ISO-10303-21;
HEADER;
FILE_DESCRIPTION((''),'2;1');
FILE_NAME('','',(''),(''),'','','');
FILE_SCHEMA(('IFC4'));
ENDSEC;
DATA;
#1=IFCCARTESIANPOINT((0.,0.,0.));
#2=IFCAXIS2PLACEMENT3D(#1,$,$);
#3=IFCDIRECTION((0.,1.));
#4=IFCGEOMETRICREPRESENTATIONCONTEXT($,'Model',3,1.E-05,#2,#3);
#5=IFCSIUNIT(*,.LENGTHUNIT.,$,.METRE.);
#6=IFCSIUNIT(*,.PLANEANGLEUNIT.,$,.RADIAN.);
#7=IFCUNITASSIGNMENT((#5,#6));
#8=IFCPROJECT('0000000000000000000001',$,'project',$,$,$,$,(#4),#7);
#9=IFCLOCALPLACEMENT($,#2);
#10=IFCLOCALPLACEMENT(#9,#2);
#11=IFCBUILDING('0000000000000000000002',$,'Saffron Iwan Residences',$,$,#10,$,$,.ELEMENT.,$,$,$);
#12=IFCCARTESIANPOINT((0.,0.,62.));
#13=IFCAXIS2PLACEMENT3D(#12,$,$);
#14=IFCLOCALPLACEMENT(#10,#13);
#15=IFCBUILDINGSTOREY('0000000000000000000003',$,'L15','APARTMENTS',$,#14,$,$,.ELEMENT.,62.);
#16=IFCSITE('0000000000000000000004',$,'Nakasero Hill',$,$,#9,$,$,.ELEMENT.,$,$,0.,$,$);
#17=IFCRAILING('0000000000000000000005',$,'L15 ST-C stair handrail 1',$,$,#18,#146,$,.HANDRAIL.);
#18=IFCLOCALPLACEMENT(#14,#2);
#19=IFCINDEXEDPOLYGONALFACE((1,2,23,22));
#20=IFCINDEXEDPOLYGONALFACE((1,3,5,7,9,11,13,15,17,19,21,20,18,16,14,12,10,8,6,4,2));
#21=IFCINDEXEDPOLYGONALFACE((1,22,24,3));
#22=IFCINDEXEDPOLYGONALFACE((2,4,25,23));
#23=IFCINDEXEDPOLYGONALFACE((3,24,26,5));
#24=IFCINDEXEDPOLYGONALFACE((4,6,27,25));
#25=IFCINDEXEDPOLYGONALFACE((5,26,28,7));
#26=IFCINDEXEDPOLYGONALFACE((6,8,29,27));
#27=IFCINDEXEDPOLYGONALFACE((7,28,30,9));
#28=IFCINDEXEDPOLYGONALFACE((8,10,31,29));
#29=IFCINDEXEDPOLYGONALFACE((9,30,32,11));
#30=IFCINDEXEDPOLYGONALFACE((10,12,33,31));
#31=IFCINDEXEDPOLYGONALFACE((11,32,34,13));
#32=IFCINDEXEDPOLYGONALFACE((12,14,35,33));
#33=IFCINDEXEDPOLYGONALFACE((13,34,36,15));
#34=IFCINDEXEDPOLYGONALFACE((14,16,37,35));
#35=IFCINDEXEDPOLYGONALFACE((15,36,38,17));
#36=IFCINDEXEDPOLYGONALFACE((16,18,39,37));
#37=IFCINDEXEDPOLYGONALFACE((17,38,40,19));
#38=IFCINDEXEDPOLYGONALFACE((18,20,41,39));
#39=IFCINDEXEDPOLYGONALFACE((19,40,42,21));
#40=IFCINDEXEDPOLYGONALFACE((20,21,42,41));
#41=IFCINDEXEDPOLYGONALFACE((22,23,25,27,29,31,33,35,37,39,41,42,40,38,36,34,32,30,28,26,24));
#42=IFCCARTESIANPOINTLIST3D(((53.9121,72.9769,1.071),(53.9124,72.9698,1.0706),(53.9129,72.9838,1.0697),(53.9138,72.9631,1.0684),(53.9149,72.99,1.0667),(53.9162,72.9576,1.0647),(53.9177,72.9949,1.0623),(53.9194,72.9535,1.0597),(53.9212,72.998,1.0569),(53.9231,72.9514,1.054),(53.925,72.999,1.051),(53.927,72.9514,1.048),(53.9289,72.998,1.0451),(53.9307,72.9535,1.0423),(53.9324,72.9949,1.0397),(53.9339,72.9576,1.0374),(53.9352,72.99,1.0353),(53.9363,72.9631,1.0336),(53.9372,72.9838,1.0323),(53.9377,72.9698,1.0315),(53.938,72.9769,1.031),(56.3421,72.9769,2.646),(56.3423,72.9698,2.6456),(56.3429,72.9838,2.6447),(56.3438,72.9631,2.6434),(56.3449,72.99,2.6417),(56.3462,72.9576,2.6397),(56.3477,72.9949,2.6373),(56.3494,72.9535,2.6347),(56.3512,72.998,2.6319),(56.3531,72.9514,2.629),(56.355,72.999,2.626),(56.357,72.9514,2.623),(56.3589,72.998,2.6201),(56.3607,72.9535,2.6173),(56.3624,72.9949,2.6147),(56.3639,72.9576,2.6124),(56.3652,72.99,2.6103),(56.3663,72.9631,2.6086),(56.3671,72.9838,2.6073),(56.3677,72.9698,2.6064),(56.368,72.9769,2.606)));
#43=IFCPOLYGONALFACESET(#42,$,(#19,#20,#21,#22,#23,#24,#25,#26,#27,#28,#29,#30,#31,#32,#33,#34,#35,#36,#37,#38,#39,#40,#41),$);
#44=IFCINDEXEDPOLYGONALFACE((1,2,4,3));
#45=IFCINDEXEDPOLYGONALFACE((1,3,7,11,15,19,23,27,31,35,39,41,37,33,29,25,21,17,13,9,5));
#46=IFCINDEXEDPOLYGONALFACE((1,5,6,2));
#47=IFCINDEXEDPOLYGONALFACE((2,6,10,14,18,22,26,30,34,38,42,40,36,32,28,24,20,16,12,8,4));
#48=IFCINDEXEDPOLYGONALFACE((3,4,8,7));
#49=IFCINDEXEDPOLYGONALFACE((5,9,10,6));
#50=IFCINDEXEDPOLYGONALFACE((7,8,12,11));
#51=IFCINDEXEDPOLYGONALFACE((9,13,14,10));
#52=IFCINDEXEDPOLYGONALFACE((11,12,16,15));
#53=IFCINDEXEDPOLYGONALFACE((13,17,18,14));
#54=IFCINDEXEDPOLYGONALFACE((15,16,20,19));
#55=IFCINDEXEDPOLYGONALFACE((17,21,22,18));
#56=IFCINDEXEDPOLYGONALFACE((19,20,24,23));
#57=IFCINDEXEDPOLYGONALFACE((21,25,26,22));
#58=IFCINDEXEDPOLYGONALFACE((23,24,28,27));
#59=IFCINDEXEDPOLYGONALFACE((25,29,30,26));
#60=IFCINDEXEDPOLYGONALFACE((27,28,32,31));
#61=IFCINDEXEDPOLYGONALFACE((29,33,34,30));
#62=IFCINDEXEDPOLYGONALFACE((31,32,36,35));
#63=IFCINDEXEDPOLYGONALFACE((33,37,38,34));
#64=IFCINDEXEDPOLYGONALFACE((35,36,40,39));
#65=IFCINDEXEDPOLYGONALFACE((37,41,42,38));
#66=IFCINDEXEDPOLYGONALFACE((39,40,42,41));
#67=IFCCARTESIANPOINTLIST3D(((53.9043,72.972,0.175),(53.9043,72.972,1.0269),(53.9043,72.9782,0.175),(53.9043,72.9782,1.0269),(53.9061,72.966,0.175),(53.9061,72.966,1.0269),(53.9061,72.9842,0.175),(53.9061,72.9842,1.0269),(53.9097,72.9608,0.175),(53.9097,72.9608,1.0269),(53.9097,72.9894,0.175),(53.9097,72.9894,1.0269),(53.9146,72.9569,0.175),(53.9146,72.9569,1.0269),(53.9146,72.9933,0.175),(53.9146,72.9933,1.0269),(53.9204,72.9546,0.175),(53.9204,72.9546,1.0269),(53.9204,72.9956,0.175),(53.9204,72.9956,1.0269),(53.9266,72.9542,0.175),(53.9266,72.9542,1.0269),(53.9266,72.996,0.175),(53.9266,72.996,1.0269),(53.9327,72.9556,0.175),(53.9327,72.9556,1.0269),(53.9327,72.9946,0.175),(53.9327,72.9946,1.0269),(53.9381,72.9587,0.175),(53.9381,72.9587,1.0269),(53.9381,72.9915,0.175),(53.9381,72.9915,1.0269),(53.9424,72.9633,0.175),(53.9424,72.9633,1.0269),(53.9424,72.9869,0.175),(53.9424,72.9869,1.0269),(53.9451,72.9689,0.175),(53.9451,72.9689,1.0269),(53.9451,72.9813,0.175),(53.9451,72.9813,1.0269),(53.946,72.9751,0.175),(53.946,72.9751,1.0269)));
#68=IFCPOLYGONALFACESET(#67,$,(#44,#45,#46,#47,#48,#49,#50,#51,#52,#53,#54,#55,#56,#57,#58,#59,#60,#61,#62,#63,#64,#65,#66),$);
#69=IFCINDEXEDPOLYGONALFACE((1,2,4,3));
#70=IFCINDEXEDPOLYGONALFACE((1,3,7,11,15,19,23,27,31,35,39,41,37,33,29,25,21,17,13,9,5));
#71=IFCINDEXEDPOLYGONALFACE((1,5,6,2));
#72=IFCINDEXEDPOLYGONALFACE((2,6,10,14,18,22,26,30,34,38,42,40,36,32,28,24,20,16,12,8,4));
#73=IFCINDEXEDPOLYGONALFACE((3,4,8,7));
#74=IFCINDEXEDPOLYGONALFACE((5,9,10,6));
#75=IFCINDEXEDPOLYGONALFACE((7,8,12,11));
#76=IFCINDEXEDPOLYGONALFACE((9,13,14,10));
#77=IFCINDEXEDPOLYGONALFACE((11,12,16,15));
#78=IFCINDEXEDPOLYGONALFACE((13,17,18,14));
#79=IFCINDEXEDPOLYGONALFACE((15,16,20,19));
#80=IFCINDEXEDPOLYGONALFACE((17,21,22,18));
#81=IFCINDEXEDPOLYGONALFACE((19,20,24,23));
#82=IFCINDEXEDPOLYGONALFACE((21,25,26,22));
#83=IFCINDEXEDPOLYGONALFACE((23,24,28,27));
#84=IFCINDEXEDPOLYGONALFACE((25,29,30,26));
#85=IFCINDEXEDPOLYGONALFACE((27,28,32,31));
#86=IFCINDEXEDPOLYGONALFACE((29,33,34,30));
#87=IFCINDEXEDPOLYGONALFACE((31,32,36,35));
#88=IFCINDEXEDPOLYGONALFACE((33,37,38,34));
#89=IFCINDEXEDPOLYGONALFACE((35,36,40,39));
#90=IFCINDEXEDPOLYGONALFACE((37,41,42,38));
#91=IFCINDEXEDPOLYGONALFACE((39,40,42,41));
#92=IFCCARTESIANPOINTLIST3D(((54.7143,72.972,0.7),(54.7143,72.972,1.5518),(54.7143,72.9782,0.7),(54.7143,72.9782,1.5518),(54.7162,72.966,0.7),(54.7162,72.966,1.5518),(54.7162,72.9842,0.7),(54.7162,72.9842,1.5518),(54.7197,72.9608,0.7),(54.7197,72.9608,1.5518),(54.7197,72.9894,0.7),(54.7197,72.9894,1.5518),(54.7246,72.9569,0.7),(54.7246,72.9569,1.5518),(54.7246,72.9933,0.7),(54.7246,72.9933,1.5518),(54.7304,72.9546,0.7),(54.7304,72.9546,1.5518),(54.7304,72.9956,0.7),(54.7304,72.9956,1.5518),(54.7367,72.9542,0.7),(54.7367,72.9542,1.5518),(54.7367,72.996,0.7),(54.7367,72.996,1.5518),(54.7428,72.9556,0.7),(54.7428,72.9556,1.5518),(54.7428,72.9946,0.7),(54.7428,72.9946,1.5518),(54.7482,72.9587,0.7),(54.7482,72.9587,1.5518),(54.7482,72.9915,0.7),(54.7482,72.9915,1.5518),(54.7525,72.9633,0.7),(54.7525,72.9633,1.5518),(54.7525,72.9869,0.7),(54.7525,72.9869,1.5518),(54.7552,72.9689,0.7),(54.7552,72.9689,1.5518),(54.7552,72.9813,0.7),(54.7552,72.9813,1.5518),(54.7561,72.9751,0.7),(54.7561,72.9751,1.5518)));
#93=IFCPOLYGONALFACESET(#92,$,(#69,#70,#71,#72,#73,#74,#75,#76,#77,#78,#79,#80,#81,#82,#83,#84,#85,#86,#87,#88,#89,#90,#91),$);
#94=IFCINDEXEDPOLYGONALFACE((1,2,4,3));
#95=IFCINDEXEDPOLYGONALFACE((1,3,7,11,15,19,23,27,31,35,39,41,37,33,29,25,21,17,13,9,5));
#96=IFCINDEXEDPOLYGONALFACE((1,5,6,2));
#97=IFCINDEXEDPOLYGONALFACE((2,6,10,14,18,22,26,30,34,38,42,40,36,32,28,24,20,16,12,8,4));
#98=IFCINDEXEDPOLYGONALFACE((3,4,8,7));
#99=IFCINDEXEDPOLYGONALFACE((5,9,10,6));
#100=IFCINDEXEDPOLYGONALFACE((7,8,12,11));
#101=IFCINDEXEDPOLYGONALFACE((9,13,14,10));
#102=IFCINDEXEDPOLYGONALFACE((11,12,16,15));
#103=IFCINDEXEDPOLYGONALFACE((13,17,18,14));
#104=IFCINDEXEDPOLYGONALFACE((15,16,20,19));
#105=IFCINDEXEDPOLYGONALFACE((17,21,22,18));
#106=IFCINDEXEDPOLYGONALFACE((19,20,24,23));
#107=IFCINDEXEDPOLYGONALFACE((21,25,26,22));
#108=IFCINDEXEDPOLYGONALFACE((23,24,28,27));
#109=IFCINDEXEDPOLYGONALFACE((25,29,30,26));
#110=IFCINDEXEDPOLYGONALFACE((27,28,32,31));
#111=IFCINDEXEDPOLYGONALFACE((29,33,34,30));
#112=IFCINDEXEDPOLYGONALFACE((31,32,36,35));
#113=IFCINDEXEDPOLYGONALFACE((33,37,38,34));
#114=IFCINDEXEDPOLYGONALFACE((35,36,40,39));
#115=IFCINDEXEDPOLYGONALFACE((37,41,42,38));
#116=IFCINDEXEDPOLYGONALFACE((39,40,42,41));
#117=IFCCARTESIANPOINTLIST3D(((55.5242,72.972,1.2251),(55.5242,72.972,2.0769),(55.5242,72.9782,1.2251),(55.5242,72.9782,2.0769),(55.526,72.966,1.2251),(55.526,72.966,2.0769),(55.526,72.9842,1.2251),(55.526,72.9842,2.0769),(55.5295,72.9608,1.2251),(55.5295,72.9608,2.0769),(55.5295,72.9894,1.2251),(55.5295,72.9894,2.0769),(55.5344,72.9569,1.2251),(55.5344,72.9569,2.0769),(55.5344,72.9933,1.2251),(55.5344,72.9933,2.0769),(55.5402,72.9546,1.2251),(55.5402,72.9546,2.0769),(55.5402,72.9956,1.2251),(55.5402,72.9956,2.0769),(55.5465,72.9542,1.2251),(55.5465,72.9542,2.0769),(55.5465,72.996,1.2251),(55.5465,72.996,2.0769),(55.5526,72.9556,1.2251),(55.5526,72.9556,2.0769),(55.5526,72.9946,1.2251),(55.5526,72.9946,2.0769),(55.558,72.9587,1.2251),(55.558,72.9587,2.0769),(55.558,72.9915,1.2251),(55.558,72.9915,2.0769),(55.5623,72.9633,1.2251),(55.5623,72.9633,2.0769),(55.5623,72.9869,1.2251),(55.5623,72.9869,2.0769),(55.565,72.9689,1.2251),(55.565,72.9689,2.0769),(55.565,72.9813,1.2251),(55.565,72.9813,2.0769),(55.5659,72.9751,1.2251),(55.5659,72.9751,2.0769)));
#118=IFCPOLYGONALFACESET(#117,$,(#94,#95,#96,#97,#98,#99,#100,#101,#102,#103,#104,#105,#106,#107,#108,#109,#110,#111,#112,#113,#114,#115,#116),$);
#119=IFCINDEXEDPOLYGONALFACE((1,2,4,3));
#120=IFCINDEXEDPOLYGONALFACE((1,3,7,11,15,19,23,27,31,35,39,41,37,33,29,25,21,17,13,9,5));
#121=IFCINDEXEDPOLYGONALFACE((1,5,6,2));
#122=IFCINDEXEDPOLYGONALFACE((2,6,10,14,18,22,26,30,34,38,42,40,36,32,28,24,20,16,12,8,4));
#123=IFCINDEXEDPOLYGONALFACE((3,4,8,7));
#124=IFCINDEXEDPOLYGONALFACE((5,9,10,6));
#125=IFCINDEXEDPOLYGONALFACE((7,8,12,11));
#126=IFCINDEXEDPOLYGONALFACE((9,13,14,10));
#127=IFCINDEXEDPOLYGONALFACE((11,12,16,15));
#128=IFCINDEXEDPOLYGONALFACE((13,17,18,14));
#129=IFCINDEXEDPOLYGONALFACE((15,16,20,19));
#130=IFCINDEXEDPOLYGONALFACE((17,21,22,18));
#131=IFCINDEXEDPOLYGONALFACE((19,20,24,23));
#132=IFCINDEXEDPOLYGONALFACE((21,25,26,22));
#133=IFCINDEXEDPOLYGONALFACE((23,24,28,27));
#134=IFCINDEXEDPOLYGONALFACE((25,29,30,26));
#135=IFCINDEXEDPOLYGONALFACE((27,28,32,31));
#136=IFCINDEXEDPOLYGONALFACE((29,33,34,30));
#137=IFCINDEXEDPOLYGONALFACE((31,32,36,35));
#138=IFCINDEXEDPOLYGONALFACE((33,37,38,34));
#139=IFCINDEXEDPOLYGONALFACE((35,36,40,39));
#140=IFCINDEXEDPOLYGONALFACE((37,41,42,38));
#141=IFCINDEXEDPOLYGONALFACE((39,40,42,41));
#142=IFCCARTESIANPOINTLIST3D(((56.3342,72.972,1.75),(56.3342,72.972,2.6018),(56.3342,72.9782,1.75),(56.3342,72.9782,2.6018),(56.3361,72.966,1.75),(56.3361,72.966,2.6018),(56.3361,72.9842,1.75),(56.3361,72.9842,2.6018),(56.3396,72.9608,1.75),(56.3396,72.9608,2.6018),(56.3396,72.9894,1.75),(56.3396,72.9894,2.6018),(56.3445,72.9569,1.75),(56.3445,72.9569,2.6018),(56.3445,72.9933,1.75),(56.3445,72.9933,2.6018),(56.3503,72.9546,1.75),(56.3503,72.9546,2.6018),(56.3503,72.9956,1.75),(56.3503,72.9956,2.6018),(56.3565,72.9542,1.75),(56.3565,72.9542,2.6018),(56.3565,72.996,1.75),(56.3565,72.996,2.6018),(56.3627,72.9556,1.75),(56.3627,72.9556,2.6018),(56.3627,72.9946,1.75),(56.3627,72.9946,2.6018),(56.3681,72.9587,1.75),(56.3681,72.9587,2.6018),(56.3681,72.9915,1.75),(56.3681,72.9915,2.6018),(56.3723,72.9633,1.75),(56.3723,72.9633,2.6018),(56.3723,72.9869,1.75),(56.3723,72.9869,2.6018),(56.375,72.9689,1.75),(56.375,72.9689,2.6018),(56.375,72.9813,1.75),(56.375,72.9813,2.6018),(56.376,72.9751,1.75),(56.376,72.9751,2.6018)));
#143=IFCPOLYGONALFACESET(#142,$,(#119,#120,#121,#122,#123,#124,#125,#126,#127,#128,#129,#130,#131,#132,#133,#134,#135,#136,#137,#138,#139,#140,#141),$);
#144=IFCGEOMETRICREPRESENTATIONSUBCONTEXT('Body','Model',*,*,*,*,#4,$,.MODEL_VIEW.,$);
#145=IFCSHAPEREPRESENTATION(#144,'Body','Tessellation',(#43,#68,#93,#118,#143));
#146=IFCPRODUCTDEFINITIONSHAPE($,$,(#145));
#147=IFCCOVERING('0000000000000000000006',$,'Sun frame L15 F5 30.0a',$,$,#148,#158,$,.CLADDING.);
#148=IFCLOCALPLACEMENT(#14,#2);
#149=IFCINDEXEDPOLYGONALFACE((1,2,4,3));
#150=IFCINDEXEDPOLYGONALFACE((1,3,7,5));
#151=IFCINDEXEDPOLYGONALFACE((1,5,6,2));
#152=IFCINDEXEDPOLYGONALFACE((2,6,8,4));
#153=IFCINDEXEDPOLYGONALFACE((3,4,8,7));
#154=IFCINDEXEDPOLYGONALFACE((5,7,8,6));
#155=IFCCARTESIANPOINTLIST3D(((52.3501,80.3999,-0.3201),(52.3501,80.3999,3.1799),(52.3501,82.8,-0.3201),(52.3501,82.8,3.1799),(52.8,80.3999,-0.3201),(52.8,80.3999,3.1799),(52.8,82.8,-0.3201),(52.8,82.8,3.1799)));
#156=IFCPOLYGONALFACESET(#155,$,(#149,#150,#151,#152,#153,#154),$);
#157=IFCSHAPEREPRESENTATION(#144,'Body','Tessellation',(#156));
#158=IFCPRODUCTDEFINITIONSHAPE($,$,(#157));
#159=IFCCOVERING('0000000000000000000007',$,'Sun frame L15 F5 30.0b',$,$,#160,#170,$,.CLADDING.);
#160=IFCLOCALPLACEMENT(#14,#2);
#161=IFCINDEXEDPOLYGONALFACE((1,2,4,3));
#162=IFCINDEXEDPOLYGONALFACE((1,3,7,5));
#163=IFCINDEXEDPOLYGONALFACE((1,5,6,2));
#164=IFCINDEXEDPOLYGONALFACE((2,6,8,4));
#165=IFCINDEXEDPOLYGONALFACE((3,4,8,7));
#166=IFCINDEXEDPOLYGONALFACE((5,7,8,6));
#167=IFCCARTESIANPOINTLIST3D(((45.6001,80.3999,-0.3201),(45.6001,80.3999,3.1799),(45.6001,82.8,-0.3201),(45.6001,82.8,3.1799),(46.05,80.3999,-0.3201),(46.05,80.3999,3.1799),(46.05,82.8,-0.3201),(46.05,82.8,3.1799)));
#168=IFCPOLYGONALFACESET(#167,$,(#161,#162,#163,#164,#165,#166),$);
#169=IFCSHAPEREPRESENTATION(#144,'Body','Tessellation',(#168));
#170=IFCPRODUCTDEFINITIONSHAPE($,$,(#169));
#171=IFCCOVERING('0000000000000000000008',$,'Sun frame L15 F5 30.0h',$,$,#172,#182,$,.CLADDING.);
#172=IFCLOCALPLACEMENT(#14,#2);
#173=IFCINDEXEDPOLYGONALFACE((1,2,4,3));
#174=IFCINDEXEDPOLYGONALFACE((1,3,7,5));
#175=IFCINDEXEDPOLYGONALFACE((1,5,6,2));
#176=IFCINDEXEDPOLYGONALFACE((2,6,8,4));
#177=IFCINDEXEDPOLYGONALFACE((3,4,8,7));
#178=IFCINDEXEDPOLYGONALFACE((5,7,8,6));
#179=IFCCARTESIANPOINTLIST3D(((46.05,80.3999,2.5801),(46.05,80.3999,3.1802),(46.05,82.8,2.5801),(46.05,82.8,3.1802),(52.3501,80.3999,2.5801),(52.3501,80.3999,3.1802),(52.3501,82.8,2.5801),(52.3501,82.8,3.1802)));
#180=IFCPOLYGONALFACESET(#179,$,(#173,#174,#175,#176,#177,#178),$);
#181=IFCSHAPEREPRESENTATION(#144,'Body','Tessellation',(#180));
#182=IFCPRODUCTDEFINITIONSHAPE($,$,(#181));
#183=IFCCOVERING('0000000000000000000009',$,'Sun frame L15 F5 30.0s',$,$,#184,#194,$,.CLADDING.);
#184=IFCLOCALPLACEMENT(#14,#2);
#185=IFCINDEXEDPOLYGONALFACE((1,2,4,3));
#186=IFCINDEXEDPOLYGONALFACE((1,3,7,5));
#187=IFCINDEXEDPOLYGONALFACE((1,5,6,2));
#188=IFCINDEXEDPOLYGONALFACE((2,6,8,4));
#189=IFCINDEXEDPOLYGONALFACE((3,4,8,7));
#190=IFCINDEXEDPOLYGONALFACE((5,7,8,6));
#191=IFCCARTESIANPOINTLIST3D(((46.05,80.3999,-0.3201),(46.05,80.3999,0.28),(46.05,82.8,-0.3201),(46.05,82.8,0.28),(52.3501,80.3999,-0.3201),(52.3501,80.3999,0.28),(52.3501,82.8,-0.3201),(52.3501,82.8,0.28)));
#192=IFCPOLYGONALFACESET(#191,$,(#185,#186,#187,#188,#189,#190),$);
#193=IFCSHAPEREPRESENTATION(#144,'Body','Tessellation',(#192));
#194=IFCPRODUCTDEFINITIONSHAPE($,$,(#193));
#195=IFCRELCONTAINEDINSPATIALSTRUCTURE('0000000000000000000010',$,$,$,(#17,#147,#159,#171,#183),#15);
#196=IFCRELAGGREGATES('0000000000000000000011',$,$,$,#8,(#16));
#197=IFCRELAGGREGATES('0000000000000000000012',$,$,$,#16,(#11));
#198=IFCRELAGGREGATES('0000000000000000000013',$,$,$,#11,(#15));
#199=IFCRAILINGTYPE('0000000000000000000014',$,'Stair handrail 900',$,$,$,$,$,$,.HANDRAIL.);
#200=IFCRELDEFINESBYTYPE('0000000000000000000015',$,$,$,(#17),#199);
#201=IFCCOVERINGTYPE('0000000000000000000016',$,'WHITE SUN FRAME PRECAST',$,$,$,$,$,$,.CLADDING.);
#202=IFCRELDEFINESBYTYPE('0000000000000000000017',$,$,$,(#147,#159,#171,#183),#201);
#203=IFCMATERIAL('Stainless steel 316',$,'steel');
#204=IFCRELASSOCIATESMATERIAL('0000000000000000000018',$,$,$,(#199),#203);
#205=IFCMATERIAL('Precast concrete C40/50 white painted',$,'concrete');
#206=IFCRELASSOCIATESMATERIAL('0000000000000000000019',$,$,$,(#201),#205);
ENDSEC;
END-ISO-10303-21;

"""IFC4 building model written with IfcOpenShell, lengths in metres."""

from ifc_helpers import new_model, si_unit, direction, frame, origin, origin_2d, place, context, subcontext, project, spatial, polyline, circle, outline, extrude, material, type_object, element, save


model = new_model("IFC4")

# Units and contexts
model_context = context("Model", 3, precision=1e-05, world=origin(), true_north=direction((0.0, 1.0)))
body_context = subcontext(model_context, "Body", "Model", "MODEL_VIEW")
ifc_project = project(units=[si_unit("LENGTHUNIT", "METRE"), si_unit("PLANEANGLEUNIT", "RADIAN")], contexts=[model_context])

# Site, building, storey
site_placement = place(None, origin())
site = spatial("IfcSite", under=ifc_project, at=site_placement, Name="Nakasero Hill", CompositionType="ELEMENT", RefElevation=0.0)
building_placement = place(site_placement, origin())
building = spatial("IfcBuilding", under=site, at=building_placement, Name="Saffron Iwan Residences", CompositionType="ELEMENT")
storey_placement = place(building_placement, frame((0.0, 0.0, 62.0)))
storey = spatial("IfcBuildingStorey", under=building, at=storey_placement, Name="L15", Description="APARTMENTS", CompositionType="ELEMENT", Elevation=62.0)

# Railing
ifc_material_1 = material(Name="Stainless steel 316", Category="steel")
railing_type_1 = type_object("IfcRailingType", Name="Stair handrail 900", PredefinedType="HANDRAIL", material=ifc_material_1)
railing_1_placement = place(storey_placement, frame((53.925, 72.9751, 0.175)))
element("IfcRailing", 1, at=railing_1_placement, inside=storey, type_object=railing_type_1, Name="L15 ST-C stair handrail 1", PredefinedType="HANDRAIL", context=body_context, shape_type="SweptSolid", body=[
    extrude(circle(Radius=0.0239, at=origin_2d()), frame((0.0, 0.0, 0.876), z_axis=(0.839154, 0.0, 0.543894), x_axis=(0.0, 1.0, 0.0)), (0.0, 0.0, 1.0), 2.8958),
    extrude(circle(Radius=0.021, at=origin_2d()), origin(), (0.0, 0.0, 1.0), 0.8518),
    extrude(circle(Radius=0.021, at=origin_2d()), frame((0.8101, 0.0, 0.5249)), (0.0, 0.0, 1.0), 0.8518),
    extrude(circle(Radius=0.021, at=origin_2d()), frame((1.6199, 0.0, 1.05)), (0.0, 0.0, 1.0), 0.8518),
    extrude(circle(Radius=0.021, at=origin_2d()), frame((2.4299, 0.0, 1.575)), (0.0, 0.0, 1.0), 0.8518),
])

# Coverings
ifc_material_2 = material(Name="Precast concrete C40/50 white painted", Category="concrete")
covering_type_1 = type_object("IfcCoveringType", Name="WHITE SUN FRAME PRECAST", PredefinedType="CLADDING", material=ifc_material_2)
for number, where, z_axis, x_axis, name in (
    (2, (52.8, 80.3999, -0.3201), (0.0, 1.0, 0.0), (-1.0, 0.0, 0.0), "Sun frame L15 F5 30.0a"),
    (3, (46.05, 80.3999, -0.3201), (0.0, 1.0, 0.0), (-1.0, 0.0, 0.0), "Sun frame L15 F5 30.0b"),
):
    element("IfcCovering", number, at=place(storey_placement, frame(where, z_axis=z_axis, x_axis=x_axis)), inside=storey, type_object=covering_type_1, Name=name, PredefinedType="CLADDING", context=body_context, shape_type="SweptSolid", body=[
        extrude(outline(polyline([(0.0, 0.0), (0.45, 0.0), (0.45, 3.5), (0.0, 3.5), (0.0, 0.0)])), origin(), (0.0, 0.0, 1.0), 2.4001),
    ])
for number, where, z_axis, x_axis, name in (
    (4, (52.3501, 80.3999, 2.5801), (0.0, 1.0, 0.0), (-1.0, 0.0, 0.0), "Sun frame L15 F5 30.0h"),
    (5, (52.3501, 80.3999, -0.3201), (0.0, 1.0, 0.0), (-1.0, 0.0, 0.0), "Sun frame L15 F5 30.0s"),
):
    element("IfcCovering", number, at=place(storey_placement, frame(where, z_axis=z_axis, x_axis=x_axis)), inside=storey, type_object=covering_type_1, Name=name, PredefinedType="CLADDING", context=body_context, shape_type="SweptSolid", body=[
        extrude(outline(polyline([(0.0, 0.0), (6.3, 0.0), (6.3, 0.6001), (0.0, 0.6001), (0.0, 0.0)])), origin(), (0.0, 0.0, 1.0), 2.4001),
    ])

save(model, "model.ifc")
